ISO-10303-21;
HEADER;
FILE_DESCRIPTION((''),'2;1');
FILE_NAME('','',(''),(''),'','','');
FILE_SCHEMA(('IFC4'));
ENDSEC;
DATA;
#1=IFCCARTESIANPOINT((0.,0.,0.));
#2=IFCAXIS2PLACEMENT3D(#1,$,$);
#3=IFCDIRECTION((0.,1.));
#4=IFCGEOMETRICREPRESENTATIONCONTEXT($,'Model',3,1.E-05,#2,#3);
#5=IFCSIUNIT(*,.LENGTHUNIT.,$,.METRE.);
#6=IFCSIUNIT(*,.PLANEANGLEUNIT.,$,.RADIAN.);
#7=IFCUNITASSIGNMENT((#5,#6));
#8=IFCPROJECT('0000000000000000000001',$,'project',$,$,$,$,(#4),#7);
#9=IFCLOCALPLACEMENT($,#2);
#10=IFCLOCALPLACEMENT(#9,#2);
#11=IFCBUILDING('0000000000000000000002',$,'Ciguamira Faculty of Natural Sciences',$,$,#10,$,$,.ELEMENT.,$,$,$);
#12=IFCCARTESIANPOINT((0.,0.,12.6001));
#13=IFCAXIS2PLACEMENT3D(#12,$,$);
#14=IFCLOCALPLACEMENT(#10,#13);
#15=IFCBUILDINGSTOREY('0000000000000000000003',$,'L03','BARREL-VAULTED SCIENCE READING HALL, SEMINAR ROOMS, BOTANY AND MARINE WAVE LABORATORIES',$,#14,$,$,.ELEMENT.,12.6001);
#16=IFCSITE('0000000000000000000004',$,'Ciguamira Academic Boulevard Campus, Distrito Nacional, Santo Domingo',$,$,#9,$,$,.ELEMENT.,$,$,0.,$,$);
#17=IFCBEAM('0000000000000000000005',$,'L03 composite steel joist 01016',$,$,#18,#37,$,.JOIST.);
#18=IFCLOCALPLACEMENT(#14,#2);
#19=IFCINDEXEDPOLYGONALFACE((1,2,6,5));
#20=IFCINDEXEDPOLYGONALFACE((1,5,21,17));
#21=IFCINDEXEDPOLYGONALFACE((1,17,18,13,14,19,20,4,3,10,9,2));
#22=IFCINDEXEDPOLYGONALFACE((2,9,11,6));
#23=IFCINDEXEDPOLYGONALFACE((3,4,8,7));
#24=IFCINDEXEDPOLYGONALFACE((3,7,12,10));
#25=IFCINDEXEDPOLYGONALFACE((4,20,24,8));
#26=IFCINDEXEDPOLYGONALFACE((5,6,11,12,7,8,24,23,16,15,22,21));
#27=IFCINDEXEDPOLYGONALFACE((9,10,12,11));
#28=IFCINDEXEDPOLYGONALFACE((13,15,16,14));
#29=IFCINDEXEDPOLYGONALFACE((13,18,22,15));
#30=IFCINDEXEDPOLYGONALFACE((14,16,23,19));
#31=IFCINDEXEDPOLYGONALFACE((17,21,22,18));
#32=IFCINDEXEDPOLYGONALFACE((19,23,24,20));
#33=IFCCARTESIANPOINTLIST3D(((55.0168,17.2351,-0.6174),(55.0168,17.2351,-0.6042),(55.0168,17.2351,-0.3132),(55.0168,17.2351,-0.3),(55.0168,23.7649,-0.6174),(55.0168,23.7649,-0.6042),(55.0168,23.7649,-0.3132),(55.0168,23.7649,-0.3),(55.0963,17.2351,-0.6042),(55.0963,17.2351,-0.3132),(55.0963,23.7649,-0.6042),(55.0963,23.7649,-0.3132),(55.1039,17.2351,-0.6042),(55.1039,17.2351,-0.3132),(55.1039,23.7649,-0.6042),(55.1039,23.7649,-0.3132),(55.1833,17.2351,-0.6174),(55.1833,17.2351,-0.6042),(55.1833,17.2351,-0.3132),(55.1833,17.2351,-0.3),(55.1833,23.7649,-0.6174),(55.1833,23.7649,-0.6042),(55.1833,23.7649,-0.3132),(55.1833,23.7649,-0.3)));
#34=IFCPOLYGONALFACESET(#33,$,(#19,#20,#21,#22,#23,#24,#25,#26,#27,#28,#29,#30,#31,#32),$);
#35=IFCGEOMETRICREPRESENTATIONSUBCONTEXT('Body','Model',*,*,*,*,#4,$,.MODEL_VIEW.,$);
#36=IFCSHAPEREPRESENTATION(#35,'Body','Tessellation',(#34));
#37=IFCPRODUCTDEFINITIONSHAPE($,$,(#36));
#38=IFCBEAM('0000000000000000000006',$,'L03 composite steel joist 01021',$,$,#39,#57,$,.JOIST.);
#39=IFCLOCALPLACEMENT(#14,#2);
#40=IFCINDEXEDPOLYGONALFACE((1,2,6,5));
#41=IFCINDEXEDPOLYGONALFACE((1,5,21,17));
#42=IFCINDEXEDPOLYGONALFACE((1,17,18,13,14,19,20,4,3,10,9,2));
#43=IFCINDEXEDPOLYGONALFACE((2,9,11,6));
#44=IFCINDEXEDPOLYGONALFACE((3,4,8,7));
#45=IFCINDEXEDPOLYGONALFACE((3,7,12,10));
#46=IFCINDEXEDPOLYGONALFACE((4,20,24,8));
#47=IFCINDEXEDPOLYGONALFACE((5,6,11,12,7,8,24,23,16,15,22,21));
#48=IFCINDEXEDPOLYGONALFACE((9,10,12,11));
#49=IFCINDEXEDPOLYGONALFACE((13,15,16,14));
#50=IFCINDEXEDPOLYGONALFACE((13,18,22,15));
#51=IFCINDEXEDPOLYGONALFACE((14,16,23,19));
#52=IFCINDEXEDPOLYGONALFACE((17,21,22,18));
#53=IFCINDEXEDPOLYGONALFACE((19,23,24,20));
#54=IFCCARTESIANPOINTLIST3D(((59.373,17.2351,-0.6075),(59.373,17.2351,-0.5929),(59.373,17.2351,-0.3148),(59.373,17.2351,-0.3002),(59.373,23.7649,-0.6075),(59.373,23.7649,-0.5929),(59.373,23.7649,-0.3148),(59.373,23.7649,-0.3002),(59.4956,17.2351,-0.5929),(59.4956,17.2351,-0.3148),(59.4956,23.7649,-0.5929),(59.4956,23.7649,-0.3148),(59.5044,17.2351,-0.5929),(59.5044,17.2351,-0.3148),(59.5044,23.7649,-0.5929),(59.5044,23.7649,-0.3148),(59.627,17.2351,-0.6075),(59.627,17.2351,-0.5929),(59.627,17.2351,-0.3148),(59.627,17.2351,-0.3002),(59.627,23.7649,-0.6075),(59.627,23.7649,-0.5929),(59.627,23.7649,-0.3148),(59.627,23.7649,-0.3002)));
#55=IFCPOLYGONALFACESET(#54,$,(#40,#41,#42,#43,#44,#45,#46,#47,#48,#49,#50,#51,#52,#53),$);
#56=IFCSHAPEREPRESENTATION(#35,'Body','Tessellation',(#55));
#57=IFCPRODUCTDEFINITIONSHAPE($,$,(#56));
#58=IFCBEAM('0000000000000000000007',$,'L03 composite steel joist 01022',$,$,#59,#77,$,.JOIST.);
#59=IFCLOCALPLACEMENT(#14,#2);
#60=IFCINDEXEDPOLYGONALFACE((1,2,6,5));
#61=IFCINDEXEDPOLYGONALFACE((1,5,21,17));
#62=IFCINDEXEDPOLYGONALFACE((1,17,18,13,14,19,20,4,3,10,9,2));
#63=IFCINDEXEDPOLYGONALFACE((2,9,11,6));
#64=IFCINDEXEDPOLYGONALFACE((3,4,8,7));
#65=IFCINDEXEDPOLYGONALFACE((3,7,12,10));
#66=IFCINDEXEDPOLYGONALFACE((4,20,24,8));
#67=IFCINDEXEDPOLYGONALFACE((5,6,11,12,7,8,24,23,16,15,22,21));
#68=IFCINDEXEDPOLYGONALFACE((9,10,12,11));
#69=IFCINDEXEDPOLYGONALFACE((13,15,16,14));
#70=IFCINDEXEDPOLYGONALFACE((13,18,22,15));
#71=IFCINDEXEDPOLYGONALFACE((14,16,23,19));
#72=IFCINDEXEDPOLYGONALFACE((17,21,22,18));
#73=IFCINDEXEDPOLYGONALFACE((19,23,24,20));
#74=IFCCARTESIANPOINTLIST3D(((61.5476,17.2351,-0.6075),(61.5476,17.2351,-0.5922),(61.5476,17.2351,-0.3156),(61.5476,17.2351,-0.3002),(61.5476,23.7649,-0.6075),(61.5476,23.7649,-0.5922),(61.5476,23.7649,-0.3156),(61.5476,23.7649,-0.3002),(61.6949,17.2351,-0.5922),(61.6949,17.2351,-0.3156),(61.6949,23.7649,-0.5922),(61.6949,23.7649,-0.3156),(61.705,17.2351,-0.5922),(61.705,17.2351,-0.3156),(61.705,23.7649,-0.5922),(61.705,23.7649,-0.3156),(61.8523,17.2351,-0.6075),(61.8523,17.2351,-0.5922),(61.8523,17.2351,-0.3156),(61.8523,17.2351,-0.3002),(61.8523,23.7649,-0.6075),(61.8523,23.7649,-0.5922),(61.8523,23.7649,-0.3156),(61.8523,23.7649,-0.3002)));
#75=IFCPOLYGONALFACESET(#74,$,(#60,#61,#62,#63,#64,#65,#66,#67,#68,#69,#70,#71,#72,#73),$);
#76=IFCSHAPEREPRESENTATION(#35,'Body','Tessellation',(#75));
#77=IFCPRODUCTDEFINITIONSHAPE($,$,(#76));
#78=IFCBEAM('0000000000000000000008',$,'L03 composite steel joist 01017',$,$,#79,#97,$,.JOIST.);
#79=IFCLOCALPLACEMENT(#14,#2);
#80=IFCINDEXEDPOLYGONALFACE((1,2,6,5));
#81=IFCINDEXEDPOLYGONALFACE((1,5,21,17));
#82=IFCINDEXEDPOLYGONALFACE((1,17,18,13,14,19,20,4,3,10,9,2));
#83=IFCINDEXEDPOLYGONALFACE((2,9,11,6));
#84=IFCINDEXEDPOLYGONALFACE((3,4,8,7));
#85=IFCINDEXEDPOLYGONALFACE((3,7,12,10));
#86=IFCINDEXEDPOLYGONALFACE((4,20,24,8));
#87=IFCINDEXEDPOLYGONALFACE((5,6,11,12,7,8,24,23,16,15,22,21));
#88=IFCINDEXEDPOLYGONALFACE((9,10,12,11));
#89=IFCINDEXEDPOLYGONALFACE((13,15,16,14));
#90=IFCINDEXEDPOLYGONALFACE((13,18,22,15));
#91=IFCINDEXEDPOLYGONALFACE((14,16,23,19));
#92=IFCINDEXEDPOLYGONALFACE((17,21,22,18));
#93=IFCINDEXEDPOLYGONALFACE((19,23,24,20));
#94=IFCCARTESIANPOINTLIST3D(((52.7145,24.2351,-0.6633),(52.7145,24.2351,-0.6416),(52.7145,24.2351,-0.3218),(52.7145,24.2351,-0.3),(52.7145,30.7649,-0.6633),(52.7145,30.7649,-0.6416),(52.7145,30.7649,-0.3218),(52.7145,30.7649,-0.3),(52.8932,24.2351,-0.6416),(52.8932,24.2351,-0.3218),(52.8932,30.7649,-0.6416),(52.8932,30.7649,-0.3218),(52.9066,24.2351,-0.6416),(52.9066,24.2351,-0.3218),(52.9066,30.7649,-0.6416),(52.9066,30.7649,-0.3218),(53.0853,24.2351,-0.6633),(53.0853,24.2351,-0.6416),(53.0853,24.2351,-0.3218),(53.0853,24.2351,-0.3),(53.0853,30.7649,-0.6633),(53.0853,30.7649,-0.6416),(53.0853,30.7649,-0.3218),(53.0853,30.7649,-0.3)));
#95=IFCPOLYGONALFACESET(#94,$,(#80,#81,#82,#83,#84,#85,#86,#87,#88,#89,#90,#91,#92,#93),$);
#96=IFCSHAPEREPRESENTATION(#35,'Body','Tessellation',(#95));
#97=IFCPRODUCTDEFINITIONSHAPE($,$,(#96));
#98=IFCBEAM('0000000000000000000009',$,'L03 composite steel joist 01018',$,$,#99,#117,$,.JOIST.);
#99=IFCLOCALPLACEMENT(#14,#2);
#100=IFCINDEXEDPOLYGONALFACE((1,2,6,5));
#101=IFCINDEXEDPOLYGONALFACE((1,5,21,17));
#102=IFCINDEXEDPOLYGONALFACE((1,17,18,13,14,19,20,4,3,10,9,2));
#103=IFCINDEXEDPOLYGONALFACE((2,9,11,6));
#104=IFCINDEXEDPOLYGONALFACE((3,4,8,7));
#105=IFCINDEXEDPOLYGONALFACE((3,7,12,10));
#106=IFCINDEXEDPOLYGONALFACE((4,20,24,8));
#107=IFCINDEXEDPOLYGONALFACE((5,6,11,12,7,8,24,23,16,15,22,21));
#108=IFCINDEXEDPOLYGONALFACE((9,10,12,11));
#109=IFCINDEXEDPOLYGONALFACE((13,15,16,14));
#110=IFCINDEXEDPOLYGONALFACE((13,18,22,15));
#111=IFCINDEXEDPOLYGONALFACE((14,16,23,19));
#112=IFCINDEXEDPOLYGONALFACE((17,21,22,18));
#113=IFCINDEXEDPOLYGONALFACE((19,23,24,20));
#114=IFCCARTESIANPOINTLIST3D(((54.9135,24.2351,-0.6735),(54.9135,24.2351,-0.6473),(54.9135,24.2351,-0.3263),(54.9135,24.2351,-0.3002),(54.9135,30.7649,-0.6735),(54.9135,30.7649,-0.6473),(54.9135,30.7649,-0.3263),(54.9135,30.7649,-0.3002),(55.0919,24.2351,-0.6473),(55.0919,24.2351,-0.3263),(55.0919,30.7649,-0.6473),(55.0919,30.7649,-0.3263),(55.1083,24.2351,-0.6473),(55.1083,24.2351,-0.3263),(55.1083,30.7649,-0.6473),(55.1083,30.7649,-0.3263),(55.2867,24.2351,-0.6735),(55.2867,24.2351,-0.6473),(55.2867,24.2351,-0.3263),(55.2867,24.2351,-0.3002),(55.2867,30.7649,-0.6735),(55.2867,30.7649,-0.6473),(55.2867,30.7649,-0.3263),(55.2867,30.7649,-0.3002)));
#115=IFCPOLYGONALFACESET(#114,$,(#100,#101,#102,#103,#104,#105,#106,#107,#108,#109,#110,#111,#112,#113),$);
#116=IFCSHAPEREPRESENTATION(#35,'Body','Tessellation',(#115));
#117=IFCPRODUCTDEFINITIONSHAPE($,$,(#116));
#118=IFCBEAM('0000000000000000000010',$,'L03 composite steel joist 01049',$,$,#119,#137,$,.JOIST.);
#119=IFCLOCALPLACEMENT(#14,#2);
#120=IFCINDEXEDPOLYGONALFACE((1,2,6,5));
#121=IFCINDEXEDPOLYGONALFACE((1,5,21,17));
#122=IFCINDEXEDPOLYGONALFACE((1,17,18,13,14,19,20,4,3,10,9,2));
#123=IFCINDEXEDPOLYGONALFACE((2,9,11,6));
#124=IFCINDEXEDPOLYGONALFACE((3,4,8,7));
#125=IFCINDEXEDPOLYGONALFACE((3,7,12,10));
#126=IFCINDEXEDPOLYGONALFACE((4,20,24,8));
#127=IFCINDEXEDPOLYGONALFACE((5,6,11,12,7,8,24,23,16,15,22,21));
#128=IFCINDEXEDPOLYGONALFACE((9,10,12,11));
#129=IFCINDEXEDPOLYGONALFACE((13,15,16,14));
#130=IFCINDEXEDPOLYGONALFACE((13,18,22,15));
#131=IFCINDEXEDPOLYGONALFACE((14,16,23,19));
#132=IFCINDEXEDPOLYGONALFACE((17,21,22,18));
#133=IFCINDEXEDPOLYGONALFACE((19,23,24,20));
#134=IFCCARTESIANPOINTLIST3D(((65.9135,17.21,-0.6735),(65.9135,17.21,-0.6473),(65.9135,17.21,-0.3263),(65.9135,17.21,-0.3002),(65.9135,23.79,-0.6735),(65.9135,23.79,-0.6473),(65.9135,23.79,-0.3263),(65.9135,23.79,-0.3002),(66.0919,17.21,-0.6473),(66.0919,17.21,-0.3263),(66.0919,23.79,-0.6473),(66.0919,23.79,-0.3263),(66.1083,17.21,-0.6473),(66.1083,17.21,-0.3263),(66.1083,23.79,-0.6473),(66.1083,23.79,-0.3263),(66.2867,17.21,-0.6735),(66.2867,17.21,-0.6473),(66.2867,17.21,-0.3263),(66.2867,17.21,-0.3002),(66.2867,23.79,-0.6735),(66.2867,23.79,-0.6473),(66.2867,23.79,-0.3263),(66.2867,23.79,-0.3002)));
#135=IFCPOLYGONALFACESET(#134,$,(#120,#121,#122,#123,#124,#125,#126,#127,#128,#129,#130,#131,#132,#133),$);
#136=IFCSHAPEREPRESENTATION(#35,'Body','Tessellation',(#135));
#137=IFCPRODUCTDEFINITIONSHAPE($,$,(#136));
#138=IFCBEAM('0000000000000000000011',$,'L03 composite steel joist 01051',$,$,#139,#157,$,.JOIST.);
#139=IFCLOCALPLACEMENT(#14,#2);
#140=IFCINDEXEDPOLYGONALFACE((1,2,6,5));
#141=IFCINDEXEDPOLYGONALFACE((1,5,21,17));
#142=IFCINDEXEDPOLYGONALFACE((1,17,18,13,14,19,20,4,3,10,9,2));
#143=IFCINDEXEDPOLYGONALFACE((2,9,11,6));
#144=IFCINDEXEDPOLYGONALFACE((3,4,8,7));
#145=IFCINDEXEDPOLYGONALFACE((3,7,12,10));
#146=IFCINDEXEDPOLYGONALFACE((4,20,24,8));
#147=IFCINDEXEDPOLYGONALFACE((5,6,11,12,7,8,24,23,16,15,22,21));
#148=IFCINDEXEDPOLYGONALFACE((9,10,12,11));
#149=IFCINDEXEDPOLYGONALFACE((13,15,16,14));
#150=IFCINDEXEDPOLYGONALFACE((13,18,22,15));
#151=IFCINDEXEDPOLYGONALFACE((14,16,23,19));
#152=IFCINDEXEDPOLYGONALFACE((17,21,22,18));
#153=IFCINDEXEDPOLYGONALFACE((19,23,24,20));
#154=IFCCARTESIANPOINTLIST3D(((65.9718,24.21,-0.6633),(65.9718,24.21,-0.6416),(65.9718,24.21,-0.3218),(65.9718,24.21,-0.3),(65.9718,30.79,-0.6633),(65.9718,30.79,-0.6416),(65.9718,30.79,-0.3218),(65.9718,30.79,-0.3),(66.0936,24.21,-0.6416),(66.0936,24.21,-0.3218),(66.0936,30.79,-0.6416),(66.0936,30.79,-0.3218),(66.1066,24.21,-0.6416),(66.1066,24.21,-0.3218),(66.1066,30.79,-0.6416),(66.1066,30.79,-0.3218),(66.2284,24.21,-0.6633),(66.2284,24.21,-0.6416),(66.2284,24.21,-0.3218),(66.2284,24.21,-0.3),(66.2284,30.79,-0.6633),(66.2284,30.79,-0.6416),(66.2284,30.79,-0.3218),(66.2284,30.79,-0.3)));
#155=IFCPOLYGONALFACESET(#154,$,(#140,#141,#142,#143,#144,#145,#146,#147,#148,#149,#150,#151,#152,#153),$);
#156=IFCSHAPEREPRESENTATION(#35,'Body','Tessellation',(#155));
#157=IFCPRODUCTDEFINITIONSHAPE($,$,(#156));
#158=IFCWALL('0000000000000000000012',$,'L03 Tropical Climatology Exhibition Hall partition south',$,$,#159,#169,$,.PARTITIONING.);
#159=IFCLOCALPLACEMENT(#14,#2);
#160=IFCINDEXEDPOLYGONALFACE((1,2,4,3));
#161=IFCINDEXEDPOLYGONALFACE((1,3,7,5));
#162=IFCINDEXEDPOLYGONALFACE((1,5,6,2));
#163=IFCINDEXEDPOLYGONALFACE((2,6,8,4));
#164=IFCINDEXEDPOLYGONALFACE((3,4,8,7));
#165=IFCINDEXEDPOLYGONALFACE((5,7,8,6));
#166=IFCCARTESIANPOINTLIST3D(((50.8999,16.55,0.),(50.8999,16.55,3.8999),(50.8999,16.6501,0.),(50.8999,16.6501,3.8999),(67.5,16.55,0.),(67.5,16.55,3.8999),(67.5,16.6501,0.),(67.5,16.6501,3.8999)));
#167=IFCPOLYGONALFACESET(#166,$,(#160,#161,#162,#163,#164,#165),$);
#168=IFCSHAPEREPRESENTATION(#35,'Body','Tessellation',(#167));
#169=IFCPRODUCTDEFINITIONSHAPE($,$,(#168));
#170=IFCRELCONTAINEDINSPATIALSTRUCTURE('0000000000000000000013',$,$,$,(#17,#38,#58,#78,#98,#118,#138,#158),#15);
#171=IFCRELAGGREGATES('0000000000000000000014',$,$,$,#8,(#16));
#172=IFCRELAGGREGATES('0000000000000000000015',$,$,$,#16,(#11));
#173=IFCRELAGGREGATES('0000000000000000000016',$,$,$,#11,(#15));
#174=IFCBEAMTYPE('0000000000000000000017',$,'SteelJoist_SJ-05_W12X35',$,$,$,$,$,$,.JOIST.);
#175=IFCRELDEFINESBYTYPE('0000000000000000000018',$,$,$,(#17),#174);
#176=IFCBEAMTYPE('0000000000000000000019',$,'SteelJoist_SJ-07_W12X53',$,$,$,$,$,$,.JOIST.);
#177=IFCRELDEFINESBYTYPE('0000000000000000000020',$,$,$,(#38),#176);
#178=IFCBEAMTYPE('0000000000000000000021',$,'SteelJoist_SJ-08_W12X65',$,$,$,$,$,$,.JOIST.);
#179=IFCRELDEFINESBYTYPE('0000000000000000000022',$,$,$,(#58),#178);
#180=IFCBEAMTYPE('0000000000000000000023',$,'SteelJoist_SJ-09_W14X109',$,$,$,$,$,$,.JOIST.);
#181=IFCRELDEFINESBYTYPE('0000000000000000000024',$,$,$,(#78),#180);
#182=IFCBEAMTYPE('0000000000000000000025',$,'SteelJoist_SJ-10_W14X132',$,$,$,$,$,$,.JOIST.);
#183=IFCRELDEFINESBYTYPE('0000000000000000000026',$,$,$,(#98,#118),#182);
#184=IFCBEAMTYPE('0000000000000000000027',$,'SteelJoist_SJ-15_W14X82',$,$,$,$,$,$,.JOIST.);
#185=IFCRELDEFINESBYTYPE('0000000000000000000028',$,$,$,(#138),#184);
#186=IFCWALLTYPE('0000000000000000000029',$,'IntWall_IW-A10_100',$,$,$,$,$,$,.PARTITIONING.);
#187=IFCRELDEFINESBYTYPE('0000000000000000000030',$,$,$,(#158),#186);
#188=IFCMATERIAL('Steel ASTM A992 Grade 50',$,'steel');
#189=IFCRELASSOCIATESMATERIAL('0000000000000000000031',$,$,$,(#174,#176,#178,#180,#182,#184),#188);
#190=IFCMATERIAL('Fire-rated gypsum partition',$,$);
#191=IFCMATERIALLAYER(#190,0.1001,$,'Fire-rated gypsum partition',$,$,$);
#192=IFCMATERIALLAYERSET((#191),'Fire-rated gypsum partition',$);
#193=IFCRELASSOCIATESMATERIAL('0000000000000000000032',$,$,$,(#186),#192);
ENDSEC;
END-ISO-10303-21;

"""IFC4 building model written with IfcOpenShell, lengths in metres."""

from ifc_helpers import new_model, si_unit, direction, frame, frame_2d, origin, origin_2d, place, context, subcontext, project, spatial, rectangle, i_section, extrude, material, layer, layer_set, material_profile, profile_set, type_object, element, save


model = new_model("IFC4")

# Units and contexts
model_context = context("Model", 3, precision=1e-05, world=origin(), true_north=direction((0.0, 1.0)))
body_context = subcontext(model_context, "Body", "Model", "MODEL_VIEW")
ifc_project = project(units=[si_unit("LENGTHUNIT", "METRE"), si_unit("PLANEANGLEUNIT", "RADIAN")], contexts=[model_context])

# Site, building, storey
site_placement = place(None, origin())
site = spatial("IfcSite", under=ifc_project, at=site_placement, Name="Ciguamira Academic Boulevard Campus, Distrito Nacional, Santo Domingo", CompositionType="ELEMENT", RefElevation=0.0)
building_placement = place(site_placement, origin())
building = spatial("IfcBuilding", under=site, at=building_placement, Name="Ciguamira Faculty of Natural Sciences", CompositionType="ELEMENT")
storey_placement = place(building_placement, frame((0.0, 0.0, 12.6001)))
storey = spatial("IfcBuildingStorey", under=building, at=storey_placement, Name="L03", Description="BARREL-VAULTED SCIENCE READING HALL, SEMINAR ROOMS, BOTANY AND MARINE WAVE LABORATORIES", CompositionType="ELEMENT", Elevation=12.6001)

# Beams
ifc_material_1 = material(Name="Steel ASTM A992 Grade 50", Category="steel")
ifc_material_profile_1 = material_profile(ifc_material_1, i_section(OverallWidth=0.1665, OverallDepth=0.3174, WebThickness=0.0076, FlangeThickness=0.0132, at=origin_2d()), Name="W12X35")
ifc_profile_set_1 = profile_set([ifc_material_profile_1], Name="Steel ASTM A992 Grade 50")
beam_type_1 = type_object("IfcBeamType", Name="SteelJoist_SJ-05_W12X35", PredefinedType="JOIST", material=ifc_profile_set_1)
beam_1_placement = place(storey_placement, frame((55.1001, 17.2351, -0.4587), z_axis=(0.0, 1.0, 0.0), x_axis=(-1.0, 0.0, 0.0)))
element("IfcBeam", 1, at=beam_1_placement, inside=storey, type_object=beam_type_1, Name="L03 composite steel joist 01016", PredefinedType="JOIST", context=body_context, shape_type="SweptSolid", body=[
    extrude(i_section(OverallWidth=0.1665, OverallDepth=0.3174, WebThickness=0.0076, FlangeThickness=0.0132, at=origin_2d()), origin(), (0.0, 0.0, 1.0), 6.5298),
])
ifc_material_profile_2 = material_profile(ifc_material_1, i_section(OverallWidth=0.2539, OverallDepth=0.3074, WebThickness=0.0088, FlangeThickness=0.0146, at=origin_2d()), Name="W12X53")
ifc_profile_set_2 = profile_set([ifc_material_profile_2], Name="Steel ASTM A992 Grade 50")
beam_type_2 = type_object("IfcBeamType", Name="SteelJoist_SJ-07_W12X53", PredefinedType="JOIST", material=ifc_profile_set_2)
beam_2_placement = place(storey_placement, frame((59.5, 17.2351, -0.4539), z_axis=(0.0, 1.0, 0.0), x_axis=(-1.0, 0.0, 0.0)))
element("IfcBeam", 2, at=beam_2_placement, inside=storey, type_object=beam_type_2, Name="L03 composite steel joist 01021", PredefinedType="JOIST", context=body_context, shape_type="SweptSolid", body=[
    extrude(i_section(OverallWidth=0.2539, OverallDepth=0.3074, WebThickness=0.0088, FlangeThickness=0.0146, at=origin_2d()), origin(), (0.0, 0.0, 1.0), 6.5298),
])
ifc_material_profile_3 = material_profile(ifc_material_1, i_section(OverallWidth=0.3047, OverallDepth=0.3074, WebThickness=0.01, FlangeThickness=0.0154, at=origin_2d()), Name="W12X65")
ifc_profile_set_3 = profile_set([ifc_material_profile_3], Name="Steel ASTM A992 Grade 50")
beam_type_3 = type_object("IfcBeamType", Name="SteelJoist_SJ-08_W12X65", PredefinedType="JOIST", material=ifc_profile_set_3)
beam_3_placement = place(storey_placement, frame((61.7, 17.2351, -0.4539), z_axis=(0.0, 1.0, 0.0), x_axis=(-1.0, 0.0, 0.0)))
element("IfcBeam", 3, at=beam_3_placement, inside=storey, type_object=beam_type_3, Name="L03 composite steel joist 01022", PredefinedType="JOIST", context=body_context, shape_type="SweptSolid", body=[
    extrude(i_section(OverallWidth=0.3047, OverallDepth=0.3074, WebThickness=0.01, FlangeThickness=0.0154, at=origin_2d()), origin(), (0.0, 0.0, 1.0), 6.5298),
])
ifc_material_profile_4 = material_profile(ifc_material_1, i_section(OverallWidth=0.3708, OverallDepth=0.3633, WebThickness=0.0134, FlangeThickness=0.0217, at=origin_2d()), Name="W14X109")
ifc_profile_set_4 = profile_set([ifc_material_profile_4], Name="Steel ASTM A992 Grade 50")
beam_type_4 = type_object("IfcBeamType", Name="SteelJoist_SJ-09_W14X109", PredefinedType="JOIST", material=ifc_profile_set_4)
beam_4_placement = place(storey_placement, frame((52.8999, 24.2351, -0.4817), z_axis=(0.0, 1.0, 0.0), x_axis=(-1.0, 0.0, 0.0)))
element("IfcBeam", 4, at=beam_4_placement, inside=storey, type_object=beam_type_4, Name="L03 composite steel joist 01017", PredefinedType="JOIST", context=body_context, shape_type="SweptSolid", body=[
    extrude(i_section(OverallWidth=0.3708, OverallDepth=0.3633, WebThickness=0.0134, FlangeThickness=0.0217, at=origin_2d()), origin(), (0.0, 0.0, 1.0), 6.5298),
])
ifc_material_profile_5 = material_profile(ifc_material_1, i_section(OverallWidth=0.3733, OverallDepth=0.3733, WebThickness=0.0164, FlangeThickness=0.0261, at=origin_2d()), Name="W14X132")
ifc_profile_set_5 = profile_set([ifc_material_profile_5], Name="Steel ASTM A992 Grade 50")
beam_type_5 = type_object("IfcBeamType", Name="SteelJoist_SJ-10_W14X132", PredefinedType="JOIST", material=ifc_profile_set_5)
beam_5_placement = place(storey_placement, frame((55.1001, 24.2351, -0.4868), z_axis=(0.0, 1.0, 0.0), x_axis=(-1.0, 0.0, 0.0)))
element("IfcBeam", 5, at=beam_5_placement, inside=storey, type_object=beam_type_5, Name="L03 composite steel joist 01018", PredefinedType="JOIST", context=body_context, shape_type="SweptSolid", body=[
    extrude(i_section(OverallWidth=0.3733, OverallDepth=0.3733, WebThickness=0.0164, FlangeThickness=0.0261, at=origin_2d()), origin(), (0.0, 0.0, 1.0), 6.5298),
])
beam_6_placement = place(storey_placement, frame((66.1001, 17.21, -0.4868), z_axis=(0.0, 1.0, 0.0), x_axis=(-1.0, 0.0, 0.0)))
element("IfcBeam", 6, at=beam_6_placement, inside=storey, type_object=beam_type_5, Name="L03 composite steel joist 01049", PredefinedType="JOIST", context=body_context, shape_type="SweptSolid", body=[
    extrude(i_section(OverallWidth=0.3733, OverallDepth=0.3733, WebThickness=0.0164, FlangeThickness=0.0261, at=origin_2d()), origin(), (0.0, 0.0, 1.0), 6.5801),
])
ifc_material_profile_6 = material_profile(ifc_material_1, i_section(OverallWidth=0.2566, OverallDepth=0.3633, WebThickness=0.0129, FlangeThickness=0.0217, at=origin_2d()), Name="W14X82")
ifc_profile_set_6 = profile_set([ifc_material_profile_6], Name="Steel ASTM A992 Grade 50")
beam_type_6 = type_object("IfcBeamType", Name="SteelJoist_SJ-15_W14X82", PredefinedType="JOIST", material=ifc_profile_set_6)
beam_7_placement = place(storey_placement, frame((66.1001, 24.21, -0.4817), z_axis=(0.0, 1.0, 0.0), x_axis=(-1.0, 0.0, 0.0)))
element("IfcBeam", 7, at=beam_7_placement, inside=storey, type_object=beam_type_6, Name="L03 composite steel joist 01051", PredefinedType="JOIST", context=body_context, shape_type="SweptSolid", body=[
    extrude(i_section(OverallWidth=0.2566, OverallDepth=0.3633, WebThickness=0.0129, FlangeThickness=0.0217, at=origin_2d()), origin(), (0.0, 0.0, 1.0), 6.5801),
])

# Wall
ifc_material_2 = material(Name="Fire-rated gypsum partition")
ifc_layer = layer(ifc_material_2, 0.1001, Name="Fire-rated gypsum partition")
ifc_layer_set = layer_set([ifc_layer], Name="Fire-rated gypsum partition")
wall_type = type_object("IfcWallType", Name="IntWall_IW-A10_100", PredefinedType="PARTITIONING", material=ifc_layer_set)
wall_placement = place(storey_placement, frame((50.8999, 16.6001, 0.0), z_axis=(0.0, 0.0, 1.0), x_axis=(1.0, 0.0, 0.0)))
element("IfcWall", 8, at=wall_placement, inside=storey, type_object=wall_type, Name="L03 Tropical Climatology Exhibition Hall partition south", PredefinedType="PARTITIONING", context=body_context, shape_type="SweptSolid", body=[
    extrude(rectangle(XDim=16.6001, YDim=0.1001, at=frame_2d((8.3, 0.0))), origin(), (0.0, 0.0, 1.0), 3.8999),
])

save(model, "model.ifc")
